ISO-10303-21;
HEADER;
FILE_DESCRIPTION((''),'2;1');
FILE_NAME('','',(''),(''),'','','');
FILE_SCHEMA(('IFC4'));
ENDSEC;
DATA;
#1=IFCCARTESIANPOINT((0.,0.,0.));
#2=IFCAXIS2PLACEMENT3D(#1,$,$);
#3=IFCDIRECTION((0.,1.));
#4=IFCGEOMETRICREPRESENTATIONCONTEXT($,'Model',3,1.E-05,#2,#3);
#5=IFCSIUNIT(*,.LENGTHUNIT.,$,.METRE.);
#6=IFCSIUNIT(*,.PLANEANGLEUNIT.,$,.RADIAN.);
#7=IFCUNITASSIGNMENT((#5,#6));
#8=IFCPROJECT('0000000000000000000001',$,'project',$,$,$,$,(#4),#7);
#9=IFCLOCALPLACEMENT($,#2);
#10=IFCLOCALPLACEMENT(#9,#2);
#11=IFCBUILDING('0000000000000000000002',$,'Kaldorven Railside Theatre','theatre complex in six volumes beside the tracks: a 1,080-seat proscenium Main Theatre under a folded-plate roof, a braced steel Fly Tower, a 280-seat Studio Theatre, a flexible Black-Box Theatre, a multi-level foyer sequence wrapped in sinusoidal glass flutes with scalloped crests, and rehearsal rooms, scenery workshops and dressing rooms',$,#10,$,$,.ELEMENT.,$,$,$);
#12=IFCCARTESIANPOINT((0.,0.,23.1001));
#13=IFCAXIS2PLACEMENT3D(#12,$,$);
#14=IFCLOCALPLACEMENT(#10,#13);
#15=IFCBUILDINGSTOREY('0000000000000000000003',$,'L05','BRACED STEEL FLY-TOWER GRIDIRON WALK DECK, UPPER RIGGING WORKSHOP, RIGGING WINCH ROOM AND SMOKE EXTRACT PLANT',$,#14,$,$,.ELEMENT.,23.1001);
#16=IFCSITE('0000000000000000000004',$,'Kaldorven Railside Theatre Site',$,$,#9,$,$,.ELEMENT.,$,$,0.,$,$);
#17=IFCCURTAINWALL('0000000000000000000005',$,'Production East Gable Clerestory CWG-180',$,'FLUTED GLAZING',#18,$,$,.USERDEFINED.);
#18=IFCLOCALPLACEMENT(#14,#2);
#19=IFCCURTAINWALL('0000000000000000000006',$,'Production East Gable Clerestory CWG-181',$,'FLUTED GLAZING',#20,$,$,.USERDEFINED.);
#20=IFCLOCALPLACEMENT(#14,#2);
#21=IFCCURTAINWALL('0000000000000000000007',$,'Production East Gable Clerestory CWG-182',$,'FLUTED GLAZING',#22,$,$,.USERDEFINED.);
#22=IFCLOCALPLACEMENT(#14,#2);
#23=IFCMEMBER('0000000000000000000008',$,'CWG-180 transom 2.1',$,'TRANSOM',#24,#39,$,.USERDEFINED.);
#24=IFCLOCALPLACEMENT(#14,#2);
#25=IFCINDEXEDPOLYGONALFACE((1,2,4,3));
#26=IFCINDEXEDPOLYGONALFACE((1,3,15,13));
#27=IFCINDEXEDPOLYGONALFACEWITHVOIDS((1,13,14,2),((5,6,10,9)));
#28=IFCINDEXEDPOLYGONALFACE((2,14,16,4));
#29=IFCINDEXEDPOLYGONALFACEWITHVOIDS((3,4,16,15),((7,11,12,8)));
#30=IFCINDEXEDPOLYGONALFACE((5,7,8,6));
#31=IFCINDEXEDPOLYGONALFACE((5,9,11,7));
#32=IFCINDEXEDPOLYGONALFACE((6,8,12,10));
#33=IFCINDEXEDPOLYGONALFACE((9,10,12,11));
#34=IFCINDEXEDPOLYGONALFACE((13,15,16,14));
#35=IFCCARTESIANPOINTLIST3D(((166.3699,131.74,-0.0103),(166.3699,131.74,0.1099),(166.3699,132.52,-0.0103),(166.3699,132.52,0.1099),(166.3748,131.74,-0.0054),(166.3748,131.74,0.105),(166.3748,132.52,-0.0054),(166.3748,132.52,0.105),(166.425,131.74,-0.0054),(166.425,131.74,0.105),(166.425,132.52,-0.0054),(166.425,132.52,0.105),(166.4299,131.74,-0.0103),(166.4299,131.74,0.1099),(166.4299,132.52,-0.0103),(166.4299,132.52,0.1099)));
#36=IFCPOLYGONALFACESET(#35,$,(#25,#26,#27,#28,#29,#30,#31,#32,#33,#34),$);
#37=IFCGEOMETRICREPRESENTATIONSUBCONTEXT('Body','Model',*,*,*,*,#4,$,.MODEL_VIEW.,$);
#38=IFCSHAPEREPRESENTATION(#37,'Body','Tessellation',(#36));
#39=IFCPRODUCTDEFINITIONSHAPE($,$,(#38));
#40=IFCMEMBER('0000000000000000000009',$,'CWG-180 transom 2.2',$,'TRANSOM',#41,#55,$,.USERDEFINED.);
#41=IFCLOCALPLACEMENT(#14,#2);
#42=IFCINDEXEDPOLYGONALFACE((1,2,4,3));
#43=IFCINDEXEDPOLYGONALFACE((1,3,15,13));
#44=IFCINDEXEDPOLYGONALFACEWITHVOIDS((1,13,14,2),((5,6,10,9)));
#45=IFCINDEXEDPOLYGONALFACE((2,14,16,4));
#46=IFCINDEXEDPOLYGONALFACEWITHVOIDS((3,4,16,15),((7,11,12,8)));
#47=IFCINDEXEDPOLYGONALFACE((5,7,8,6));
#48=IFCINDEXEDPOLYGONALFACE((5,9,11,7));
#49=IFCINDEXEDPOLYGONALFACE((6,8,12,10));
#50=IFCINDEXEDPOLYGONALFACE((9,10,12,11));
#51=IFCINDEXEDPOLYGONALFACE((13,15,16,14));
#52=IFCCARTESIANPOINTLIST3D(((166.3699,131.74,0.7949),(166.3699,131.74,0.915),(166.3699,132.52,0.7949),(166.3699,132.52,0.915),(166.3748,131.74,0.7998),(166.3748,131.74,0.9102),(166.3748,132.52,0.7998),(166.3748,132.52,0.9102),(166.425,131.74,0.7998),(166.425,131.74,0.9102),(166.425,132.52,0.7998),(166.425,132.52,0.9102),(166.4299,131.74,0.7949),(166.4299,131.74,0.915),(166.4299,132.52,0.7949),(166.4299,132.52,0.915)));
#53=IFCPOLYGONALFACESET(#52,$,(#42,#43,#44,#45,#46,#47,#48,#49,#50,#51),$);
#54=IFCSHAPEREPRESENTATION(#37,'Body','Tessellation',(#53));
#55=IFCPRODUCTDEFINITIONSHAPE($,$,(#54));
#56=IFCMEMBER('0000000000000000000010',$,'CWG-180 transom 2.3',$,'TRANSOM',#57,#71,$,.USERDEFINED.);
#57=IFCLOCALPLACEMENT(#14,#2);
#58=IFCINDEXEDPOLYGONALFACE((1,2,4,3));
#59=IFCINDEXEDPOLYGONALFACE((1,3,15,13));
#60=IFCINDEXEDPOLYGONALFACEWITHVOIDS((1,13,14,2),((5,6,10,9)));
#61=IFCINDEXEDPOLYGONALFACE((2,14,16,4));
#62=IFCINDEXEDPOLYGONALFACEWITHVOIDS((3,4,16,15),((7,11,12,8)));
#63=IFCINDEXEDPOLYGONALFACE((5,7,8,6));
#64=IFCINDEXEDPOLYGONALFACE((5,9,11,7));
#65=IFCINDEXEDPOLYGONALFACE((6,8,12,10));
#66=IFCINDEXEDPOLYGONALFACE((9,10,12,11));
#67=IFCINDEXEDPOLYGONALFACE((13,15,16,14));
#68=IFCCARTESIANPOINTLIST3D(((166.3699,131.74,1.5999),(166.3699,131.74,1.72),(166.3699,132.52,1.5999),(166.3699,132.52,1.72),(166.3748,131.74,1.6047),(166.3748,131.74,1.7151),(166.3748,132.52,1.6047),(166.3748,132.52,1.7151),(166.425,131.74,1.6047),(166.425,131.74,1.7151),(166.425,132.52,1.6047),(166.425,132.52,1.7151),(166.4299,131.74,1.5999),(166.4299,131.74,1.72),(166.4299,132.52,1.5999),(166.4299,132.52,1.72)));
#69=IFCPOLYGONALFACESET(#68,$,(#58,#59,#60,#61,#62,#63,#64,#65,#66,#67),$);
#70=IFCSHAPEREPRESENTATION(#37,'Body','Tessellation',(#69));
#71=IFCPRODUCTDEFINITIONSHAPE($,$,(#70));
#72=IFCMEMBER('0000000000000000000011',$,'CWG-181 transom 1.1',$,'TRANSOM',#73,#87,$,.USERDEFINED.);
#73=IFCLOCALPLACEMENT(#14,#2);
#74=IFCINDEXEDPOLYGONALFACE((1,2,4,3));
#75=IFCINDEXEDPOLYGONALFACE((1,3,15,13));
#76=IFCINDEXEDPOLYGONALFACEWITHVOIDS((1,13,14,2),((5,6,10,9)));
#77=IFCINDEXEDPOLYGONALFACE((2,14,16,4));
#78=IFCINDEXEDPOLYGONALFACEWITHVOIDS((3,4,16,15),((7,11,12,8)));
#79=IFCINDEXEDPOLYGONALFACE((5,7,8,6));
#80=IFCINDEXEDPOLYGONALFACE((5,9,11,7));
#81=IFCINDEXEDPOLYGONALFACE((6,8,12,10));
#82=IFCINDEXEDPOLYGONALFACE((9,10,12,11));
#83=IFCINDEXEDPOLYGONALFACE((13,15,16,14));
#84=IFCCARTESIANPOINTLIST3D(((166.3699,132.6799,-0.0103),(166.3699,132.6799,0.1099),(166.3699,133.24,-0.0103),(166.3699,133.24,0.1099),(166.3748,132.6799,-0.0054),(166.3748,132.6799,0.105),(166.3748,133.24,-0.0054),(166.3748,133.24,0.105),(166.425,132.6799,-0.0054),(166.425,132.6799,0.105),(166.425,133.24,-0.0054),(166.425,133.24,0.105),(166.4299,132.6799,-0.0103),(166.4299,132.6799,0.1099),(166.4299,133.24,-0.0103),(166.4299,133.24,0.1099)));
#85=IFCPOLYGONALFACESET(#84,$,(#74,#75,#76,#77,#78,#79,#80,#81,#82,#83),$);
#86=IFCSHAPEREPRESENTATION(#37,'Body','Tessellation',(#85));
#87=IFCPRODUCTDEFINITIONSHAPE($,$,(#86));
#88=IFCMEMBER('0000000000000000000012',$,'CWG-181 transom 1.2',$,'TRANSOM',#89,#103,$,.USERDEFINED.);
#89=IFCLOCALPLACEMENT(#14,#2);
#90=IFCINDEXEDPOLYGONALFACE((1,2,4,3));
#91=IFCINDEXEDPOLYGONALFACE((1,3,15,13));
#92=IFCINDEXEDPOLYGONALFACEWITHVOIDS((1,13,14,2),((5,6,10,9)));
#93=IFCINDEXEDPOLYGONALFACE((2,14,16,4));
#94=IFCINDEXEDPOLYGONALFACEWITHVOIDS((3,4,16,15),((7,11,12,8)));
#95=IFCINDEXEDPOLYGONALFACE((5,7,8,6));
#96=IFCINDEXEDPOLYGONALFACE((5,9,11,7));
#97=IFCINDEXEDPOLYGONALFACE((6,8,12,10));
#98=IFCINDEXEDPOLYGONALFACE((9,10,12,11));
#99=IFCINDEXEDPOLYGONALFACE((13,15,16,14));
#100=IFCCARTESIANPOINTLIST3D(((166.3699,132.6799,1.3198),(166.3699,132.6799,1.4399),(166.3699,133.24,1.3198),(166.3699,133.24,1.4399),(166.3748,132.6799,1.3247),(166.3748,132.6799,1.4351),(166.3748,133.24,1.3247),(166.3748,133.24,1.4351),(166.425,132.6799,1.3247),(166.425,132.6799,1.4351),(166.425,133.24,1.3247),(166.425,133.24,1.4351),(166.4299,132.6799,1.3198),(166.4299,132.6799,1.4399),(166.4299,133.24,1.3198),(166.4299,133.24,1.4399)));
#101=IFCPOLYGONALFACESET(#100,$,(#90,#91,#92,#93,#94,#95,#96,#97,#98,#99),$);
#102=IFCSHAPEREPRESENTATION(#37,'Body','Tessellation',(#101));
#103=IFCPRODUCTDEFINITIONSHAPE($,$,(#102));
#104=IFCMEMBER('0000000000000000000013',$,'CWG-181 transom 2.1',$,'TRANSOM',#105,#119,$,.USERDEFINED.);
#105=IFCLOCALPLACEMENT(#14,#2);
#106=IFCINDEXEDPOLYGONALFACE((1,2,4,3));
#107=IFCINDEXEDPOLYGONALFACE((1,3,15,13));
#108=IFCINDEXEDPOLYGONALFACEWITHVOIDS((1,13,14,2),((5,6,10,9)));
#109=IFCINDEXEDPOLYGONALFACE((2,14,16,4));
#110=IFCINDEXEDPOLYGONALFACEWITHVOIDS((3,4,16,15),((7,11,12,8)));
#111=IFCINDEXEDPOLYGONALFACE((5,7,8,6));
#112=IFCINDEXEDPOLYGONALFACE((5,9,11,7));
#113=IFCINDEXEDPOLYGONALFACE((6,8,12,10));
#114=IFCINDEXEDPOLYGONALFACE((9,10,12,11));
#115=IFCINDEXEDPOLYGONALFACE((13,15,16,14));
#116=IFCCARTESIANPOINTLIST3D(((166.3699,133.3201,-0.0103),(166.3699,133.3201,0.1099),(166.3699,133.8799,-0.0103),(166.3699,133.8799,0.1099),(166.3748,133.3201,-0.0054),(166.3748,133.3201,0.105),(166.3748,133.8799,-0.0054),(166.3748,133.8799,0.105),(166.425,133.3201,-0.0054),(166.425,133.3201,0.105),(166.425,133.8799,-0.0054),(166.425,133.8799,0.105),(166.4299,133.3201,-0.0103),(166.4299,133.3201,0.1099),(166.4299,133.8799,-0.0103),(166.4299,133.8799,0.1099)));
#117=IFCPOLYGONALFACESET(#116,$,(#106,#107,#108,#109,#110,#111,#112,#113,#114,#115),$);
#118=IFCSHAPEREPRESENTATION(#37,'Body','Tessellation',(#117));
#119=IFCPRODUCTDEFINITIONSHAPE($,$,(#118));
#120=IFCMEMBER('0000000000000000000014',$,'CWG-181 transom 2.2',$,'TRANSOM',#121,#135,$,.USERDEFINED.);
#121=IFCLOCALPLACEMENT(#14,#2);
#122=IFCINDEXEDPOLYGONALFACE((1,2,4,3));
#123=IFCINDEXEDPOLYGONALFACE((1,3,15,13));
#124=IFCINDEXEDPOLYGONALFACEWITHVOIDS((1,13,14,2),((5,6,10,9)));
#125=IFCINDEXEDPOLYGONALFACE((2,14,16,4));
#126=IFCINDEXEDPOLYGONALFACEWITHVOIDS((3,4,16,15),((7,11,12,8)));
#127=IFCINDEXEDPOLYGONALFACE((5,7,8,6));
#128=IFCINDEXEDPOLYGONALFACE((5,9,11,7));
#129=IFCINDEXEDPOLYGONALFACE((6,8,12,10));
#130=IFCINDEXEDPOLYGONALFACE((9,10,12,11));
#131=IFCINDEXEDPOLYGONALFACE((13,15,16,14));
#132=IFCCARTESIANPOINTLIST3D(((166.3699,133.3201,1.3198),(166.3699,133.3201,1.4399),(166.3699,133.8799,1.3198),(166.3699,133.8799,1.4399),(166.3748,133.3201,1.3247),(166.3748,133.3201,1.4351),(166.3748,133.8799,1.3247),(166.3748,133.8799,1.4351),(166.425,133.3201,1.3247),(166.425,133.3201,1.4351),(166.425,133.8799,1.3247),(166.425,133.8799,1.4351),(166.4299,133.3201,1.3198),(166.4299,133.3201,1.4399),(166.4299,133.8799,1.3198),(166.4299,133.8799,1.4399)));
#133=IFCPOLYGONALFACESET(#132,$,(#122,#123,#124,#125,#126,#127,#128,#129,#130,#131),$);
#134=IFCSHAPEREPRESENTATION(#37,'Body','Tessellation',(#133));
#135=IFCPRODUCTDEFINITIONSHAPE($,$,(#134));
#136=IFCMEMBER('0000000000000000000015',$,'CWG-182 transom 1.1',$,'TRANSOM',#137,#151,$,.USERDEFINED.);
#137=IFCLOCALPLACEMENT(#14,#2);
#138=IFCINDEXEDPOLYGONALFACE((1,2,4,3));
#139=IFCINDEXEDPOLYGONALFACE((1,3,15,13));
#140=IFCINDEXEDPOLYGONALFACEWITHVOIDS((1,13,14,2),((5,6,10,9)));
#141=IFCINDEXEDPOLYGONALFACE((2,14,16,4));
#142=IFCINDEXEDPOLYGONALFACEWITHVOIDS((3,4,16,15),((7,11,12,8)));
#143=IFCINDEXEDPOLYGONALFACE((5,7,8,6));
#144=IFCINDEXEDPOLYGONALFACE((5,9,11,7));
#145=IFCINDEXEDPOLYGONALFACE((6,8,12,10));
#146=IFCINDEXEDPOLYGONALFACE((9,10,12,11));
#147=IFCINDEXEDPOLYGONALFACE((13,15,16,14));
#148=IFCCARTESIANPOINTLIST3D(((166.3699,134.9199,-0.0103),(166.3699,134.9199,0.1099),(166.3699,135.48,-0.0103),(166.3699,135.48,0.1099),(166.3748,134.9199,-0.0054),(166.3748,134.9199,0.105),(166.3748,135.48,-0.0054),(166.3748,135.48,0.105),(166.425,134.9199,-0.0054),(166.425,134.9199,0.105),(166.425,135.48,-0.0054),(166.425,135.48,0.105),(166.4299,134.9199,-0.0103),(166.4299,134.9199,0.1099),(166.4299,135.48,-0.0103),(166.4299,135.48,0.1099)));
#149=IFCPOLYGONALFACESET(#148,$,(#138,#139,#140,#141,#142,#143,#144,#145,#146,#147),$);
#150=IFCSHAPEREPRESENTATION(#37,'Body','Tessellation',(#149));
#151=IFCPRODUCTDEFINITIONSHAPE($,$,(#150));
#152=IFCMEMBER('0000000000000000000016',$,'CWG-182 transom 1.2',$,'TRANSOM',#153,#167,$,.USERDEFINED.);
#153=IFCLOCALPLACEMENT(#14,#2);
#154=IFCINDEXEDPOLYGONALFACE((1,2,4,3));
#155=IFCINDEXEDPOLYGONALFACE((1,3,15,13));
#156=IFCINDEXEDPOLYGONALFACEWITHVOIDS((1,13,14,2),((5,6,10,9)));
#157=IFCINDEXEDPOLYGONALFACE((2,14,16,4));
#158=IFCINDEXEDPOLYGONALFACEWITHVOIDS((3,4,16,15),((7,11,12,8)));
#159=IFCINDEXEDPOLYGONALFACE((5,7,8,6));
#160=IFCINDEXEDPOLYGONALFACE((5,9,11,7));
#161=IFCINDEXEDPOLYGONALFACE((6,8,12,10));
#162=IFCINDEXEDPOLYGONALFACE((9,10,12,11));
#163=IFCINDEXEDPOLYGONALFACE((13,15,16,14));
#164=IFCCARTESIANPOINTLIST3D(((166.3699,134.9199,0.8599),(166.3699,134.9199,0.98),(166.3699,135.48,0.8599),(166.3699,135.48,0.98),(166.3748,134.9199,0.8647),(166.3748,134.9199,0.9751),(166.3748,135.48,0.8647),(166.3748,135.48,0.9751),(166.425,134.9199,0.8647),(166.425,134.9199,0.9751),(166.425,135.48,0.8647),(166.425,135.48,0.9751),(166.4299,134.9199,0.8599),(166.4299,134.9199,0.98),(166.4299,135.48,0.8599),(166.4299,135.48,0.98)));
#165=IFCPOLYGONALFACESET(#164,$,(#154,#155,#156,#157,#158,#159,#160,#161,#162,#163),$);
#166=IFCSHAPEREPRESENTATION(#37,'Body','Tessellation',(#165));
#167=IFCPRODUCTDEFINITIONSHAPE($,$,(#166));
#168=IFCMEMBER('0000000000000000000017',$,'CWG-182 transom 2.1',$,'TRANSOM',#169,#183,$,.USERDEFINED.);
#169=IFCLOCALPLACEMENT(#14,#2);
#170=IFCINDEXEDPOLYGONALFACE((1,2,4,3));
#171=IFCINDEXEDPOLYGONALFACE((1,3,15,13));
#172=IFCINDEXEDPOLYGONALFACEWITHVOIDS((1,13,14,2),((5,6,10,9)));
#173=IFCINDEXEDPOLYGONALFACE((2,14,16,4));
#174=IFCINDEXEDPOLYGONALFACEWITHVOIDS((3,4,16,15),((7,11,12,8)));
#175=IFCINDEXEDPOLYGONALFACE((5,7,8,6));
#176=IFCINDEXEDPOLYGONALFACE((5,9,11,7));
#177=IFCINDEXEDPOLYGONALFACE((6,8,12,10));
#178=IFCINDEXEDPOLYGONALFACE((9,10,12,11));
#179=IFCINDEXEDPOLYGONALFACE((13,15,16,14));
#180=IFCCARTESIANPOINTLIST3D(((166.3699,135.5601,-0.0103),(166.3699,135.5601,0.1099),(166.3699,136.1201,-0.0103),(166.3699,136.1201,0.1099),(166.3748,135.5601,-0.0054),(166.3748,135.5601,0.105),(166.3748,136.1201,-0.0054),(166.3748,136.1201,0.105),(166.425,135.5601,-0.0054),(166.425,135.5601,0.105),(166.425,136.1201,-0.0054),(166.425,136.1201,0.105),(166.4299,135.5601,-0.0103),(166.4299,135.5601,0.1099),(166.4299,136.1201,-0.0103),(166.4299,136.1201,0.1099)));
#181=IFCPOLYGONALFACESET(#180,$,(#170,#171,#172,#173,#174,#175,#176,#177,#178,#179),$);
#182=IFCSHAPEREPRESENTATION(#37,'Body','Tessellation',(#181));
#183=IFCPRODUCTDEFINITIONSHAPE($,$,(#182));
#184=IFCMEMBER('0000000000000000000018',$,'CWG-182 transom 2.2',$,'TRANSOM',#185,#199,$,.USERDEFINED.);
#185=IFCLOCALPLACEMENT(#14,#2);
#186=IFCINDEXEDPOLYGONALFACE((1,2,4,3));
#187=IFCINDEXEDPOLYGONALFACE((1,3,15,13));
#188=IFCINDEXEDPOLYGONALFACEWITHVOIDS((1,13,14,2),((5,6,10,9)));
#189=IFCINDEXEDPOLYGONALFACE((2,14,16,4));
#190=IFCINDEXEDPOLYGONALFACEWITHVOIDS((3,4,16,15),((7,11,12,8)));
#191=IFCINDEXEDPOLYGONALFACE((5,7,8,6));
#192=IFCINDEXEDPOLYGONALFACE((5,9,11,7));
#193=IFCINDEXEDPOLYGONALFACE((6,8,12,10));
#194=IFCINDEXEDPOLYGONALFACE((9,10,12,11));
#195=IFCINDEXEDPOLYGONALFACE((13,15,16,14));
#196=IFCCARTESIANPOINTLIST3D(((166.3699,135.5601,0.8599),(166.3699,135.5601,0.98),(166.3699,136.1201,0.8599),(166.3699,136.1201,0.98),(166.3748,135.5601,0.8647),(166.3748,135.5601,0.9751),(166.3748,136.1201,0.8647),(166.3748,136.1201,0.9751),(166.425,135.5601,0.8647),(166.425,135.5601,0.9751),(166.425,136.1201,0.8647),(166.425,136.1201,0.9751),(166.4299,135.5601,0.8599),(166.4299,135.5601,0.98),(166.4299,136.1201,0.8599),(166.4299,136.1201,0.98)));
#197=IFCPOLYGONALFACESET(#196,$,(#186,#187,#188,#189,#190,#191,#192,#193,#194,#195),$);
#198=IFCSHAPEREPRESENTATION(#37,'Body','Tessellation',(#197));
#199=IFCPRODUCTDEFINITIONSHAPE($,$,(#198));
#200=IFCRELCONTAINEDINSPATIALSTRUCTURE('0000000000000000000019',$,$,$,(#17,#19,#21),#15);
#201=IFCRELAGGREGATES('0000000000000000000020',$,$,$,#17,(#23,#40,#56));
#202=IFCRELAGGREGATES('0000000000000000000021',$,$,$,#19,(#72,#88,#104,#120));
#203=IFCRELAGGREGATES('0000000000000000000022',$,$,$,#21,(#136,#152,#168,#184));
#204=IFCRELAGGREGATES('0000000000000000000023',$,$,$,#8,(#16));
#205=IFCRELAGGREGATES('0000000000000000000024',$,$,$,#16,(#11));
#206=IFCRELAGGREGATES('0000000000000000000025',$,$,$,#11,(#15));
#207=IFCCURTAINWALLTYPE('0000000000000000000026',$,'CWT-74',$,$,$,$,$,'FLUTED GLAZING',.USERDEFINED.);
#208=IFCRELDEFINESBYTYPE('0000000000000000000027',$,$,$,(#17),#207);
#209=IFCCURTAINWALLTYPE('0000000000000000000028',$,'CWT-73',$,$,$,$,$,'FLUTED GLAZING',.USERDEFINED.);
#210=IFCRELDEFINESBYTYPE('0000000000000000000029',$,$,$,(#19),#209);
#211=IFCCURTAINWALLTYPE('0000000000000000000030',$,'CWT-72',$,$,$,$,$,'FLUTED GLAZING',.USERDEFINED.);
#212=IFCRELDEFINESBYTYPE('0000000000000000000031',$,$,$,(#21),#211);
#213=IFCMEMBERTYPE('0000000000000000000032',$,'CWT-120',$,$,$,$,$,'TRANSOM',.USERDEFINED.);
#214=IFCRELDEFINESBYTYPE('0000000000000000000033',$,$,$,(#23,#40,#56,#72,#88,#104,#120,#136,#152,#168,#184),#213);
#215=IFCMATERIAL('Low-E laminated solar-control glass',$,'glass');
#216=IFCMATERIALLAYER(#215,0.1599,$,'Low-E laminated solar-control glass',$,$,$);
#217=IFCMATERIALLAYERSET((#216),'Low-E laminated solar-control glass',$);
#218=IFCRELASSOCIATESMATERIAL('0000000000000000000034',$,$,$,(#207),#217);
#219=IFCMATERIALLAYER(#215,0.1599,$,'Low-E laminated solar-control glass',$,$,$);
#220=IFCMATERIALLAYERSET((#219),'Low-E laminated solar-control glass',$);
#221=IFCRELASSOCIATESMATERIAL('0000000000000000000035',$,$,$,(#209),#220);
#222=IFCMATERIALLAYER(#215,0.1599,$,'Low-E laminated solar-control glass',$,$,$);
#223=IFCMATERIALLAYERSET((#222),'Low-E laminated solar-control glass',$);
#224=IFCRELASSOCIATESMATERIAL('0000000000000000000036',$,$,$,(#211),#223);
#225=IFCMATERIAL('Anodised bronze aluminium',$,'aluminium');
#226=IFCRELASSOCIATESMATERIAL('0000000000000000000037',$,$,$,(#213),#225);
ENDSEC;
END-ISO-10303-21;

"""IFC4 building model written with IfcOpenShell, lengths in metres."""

from ifc_helpers import new_model, si_unit, direction, frame, origin, origin_2d, place, context, subcontext, project, spatial, hollow_rectangle, extrude, material, layer, layer_set, material_profile, profile_set, type_object, element, aggregate, save


model = new_model("IFC4")

# Units and contexts
model_context = context("Model", 3, precision=1e-05, world=origin(), true_north=direction((0.0, 1.0)))
body_context = subcontext(model_context, "Body", "Model", "MODEL_VIEW")
ifc_project = project(units=[si_unit("LENGTHUNIT", "METRE"), si_unit("PLANEANGLEUNIT", "RADIAN")], contexts=[model_context])

# Site, building, storey
site_placement = place(None, origin())
site = spatial("IfcSite", under=ifc_project, at=site_placement, Name="Kaldorven Railside Theatre Site", CompositionType="ELEMENT", RefElevation=0.0)
building_placement = place(site_placement, origin())
building = spatial("IfcBuilding", under=site, at=building_placement, Name="Kaldorven Railside Theatre", Description="theatre complex in six volumes beside the tracks: a 1,080-seat proscenium Main Theatre under a folded-plate roof, a braced steel Fly Tower, a 280-seat Studio Theatre, a flexible Black-Box Theatre, a multi-level foyer sequence wrapped in sinusoidal glass flutes with scalloped crests, and rehearsal rooms, scenery workshops and dressing rooms", CompositionType="ELEMENT")
storey_placement = place(building_placement, frame((0.0, 0.0, 23.1001)))
storey = spatial("IfcBuildingStorey", under=building, at=storey_placement, Name="L05", Description="BRACED STEEL FLY-TOWER GRIDIRON WALK DECK, UPPER RIGGING WORKSHOP, RIGGING WINCH ROOM AND SMOKE EXTRACT PLANT", CompositionType="ELEMENT", Elevation=23.1001)

# Curtain walls
ifc_material_1 = material(Name="Low-E laminated solar-control glass", Category="glass")
ifc_layer_1 = layer(ifc_material_1, 0.1599, Name="Low-E laminated solar-control glass")
ifc_layer_set_1 = layer_set([ifc_layer_1], Name="Low-E laminated solar-control glass")
curtain_wall_type_1 = type_object("IfcCurtainWallType", Name="CWT-74", ElementType="FLUTED GLAZING", PredefinedType="USERDEFINED", material=ifc_layer_set_1)
curtain_wall_1_placement = place(storey_placement, origin())
curtain_wall_1 = element("IfcCurtainWall", 1, at=curtain_wall_1_placement, inside=storey, type_object=curtain_wall_type_1, Name="Production East Gable Clerestory CWG-180", ObjectType="FLUTED GLAZING", PredefinedType="USERDEFINED")
ifc_material_2 = material(Name="Anodised bronze aluminium", Category="aluminium")
ifc_layer_2 = layer(ifc_material_1, 0.1599, Name="Low-E laminated solar-control glass")
ifc_layer_set_2 = layer_set([ifc_layer_2], Name="Low-E laminated solar-control glass")
curtain_wall_type_2 = type_object("IfcCurtainWallType", Name="CWT-73", ElementType="FLUTED GLAZING", PredefinedType="USERDEFINED", material=ifc_layer_set_2)
curtain_wall_2_placement = place(storey_placement, origin())
curtain_wall_2 = element("IfcCurtainWall", 2, at=curtain_wall_2_placement, inside=storey, type_object=curtain_wall_type_2, Name="Production East Gable Clerestory CWG-181", ObjectType="FLUTED GLAZING", PredefinedType="USERDEFINED")
ifc_layer_3 = layer(ifc_material_1, 0.1599, Name="Low-E laminated solar-control glass")
ifc_layer_set_3 = layer_set([ifc_layer_3], Name="Low-E laminated solar-control glass")
curtain_wall_type_3 = type_object("IfcCurtainWallType", Name="CWT-72", ElementType="FLUTED GLAZING", PredefinedType="USERDEFINED", material=ifc_layer_set_3)
curtain_wall_3_placement = place(storey_placement, origin())
curtain_wall_3 = element("IfcCurtainWall", 3, at=curtain_wall_3_placement, inside=storey, type_object=curtain_wall_type_3, Name="Production East Gable Clerestory CWG-182", ObjectType="FLUTED GLAZING", PredefinedType="USERDEFINED")

# Members
ifc_material_profile_1 = material_profile(ifc_material_2, hollow_rectangle(XDim=0.0601, YDim=0.1201, WallThickness=0.0049, at=origin_2d()), Name="RHS 120x60x5")
ifc_profile_set_1 = profile_set([ifc_material_profile_1], Name="Anodised bronze aluminium")
member_type_1 = type_object("IfcMemberType", Name="CWT-120", ElementType="TRANSOM", PredefinedType="USERDEFINED", material=ifc_profile_set_1)
member_1_placement = place(storey_placement, frame((166.3999, 131.74, 0.0498), z_axis=(0.0, 1.0, 0.0), x_axis=(-1.0, 0.0, 0.0)))
member_1 = element("IfcMember", 4, at=member_1_placement, type_object=member_type_1, Name="CWG-180 transom 2.1", ObjectType="TRANSOM", PredefinedType="USERDEFINED", context=body_context, shape_type="SweptSolid", body=[
    extrude(hollow_rectangle(XDim=0.0601, YDim=0.1201, WallThickness=0.0049, at=origin_2d()), origin(), (0.0, 0.0, 1.0), 0.78),
])
member_2_placement = place(storey_placement, frame((166.3999, 131.74, 0.855), z_axis=(0.0, 1.0, 0.0), x_axis=(-1.0, 0.0, 0.0)))
member_2 = element("IfcMember", 5, at=member_2_placement, type_object=member_type_1, Name="CWG-180 transom 2.2", ObjectType="TRANSOM", PredefinedType="USERDEFINED", context=body_context, shape_type="SweptSolid", body=[
    extrude(hollow_rectangle(XDim=0.0601, YDim=0.1201, WallThickness=0.0049, at=origin_2d()), origin(), (0.0, 0.0, 1.0), 0.78),
])
member_3_placement = place(storey_placement, frame((166.3999, 131.74, 1.6599), z_axis=(0.0, 1.0, 0.0), x_axis=(-1.0, 0.0, 0.0)))
member_3 = element("IfcMember", 6, at=member_3_placement, type_object=member_type_1, Name="CWG-180 transom 2.3", ObjectType="TRANSOM", PredefinedType="USERDEFINED", context=body_context, shape_type="SweptSolid", body=[
    extrude(hollow_rectangle(XDim=0.0601, YDim=0.1201, WallThickness=0.0049, at=origin_2d()), origin(), (0.0, 0.0, 1.0), 0.78),
])
member_4_placement = place(storey_placement, frame((166.3999, 132.6799, 0.0498), z_axis=(0.0, 1.0, 0.0), x_axis=(-1.0, 0.0, 0.0)))
member_4 = element("IfcMember", 7, at=member_4_placement, type_object=member_type_1, Name="CWG-181 transom 1.1", ObjectType="TRANSOM", PredefinedType="USERDEFINED", context=body_context, shape_type="SweptSolid", body=[
    extrude(hollow_rectangle(XDim=0.0601, YDim=0.1201, WallThickness=0.0049, at=origin_2d()), origin(), (0.0, 0.0, 1.0), 0.5601),
])
member_5_placement = place(storey_placement, frame((166.3999, 132.6799, 1.3799), z_axis=(0.0, 1.0, 0.0), x_axis=(-1.0, 0.0, 0.0)))
member_5 = element("IfcMember", 8, at=member_5_placement, type_object=member_type_1, Name="CWG-181 transom 1.2", ObjectType="TRANSOM", PredefinedType="USERDEFINED", context=body_context, shape_type="SweptSolid", body=[
    extrude(hollow_rectangle(XDim=0.0601, YDim=0.1201, WallThickness=0.0049, at=origin_2d()), origin(), (0.0, 0.0, 1.0), 0.5601),
])
member_6_placement = place(storey_placement, frame((166.3999, 133.3201, 0.0498), z_axis=(0.0, 1.0, 0.0), x_axis=(-1.0, 0.0, 0.0)))
member_6 = element("IfcMember", 9, at=member_6_placement, type_object=member_type_1, Name="CWG-181 transom 2.1", ObjectType="TRANSOM", PredefinedType="USERDEFINED", context=body_context, shape_type="SweptSolid", body=[
    extrude(hollow_rectangle(XDim=0.0601, YDim=0.1201, WallThickness=0.0049, at=origin_2d()), origin(), (0.0, 0.0, 1.0), 0.5598),
])
member_7_placement = place(storey_placement, frame((166.3999, 133.3201, 1.3799), z_axis=(0.0, 1.0, 0.0), x_axis=(-1.0, 0.0, 0.0)))
member_7 = element("IfcMember", 10, at=member_7_placement, type_object=member_type_1, Name="CWG-181 transom 2.2", ObjectType="TRANSOM", PredefinedType="USERDEFINED", context=body_context, shape_type="SweptSolid", body=[
    extrude(hollow_rectangle(XDim=0.0601, YDim=0.1201, WallThickness=0.0049, at=origin_2d()), origin(), (0.0, 0.0, 1.0), 0.5598),
])
member_8_placement = place(storey_placement, frame((166.3999, 134.9199, 0.0498), z_axis=(0.0, 1.0, 0.0), x_axis=(-1.0, 0.0, 0.0)))
member_8 = element("IfcMember", 11, at=member_8_placement, type_object=member_type_1, Name="CWG-182 transom 1.1", ObjectType="TRANSOM", PredefinedType="USERDEFINED", context=body_context, shape_type="SweptSolid", body=[
    extrude(hollow_rectangle(XDim=0.0601, YDim=0.1201, WallThickness=0.0049, at=origin_2d()), origin(), (0.0, 0.0, 1.0), 0.5601),
])
member_9_placement = place(storey_placement, frame((166.3999, 134.9199, 0.9199), z_axis=(0.0, 1.0, 0.0), x_axis=(-1.0, 0.0, 0.0)))
member_9 = element("IfcMember", 12, at=member_9_placement, type_object=member_type_1, Name="CWG-182 transom 1.2", ObjectType="TRANSOM", PredefinedType="USERDEFINED", context=body_context, shape_type="SweptSolid", body=[
    extrude(hollow_rectangle(XDim=0.0601, YDim=0.1201, WallThickness=0.0049, at=origin_2d()), origin(), (0.0, 0.0, 1.0), 0.5601),
])
member_10_placement = place(storey_placement, frame((166.3999, 135.5601, 0.0498), z_axis=(0.0, 1.0, 0.0), x_axis=(-1.0, 0.0, 0.0)))
member_10 = element("IfcMember", 13, at=member_10_placement, type_object=member_type_1, Name="CWG-182 transom 2.1", ObjectType="TRANSOM", PredefinedType="USERDEFINED", context=body_context, shape_type="SweptSolid", body=[
    extrude(hollow_rectangle(XDim=0.0601, YDim=0.1201, WallThickness=0.0049, at=origin_2d()), origin(), (0.0, 0.0, 1.0), 0.5601),
])
member_11_placement = place(storey_placement, frame((166.3999, 135.5601, 0.9199), z_axis=(0.0, 1.0, 0.0), x_axis=(-1.0, 0.0, 0.0)))
member_11 = element("IfcMember", 14, at=member_11_placement, type_object=member_type_1, Name="CWG-182 transom 2.2", ObjectType="TRANSOM", PredefinedType="USERDEFINED", context=body_context, shape_type="SweptSolid", body=[
    extrude(hollow_rectangle(XDim=0.0601, YDim=0.1201, WallThickness=0.0049, at=origin_2d()), origin(), (0.0, 0.0, 1.0), 0.5601),
])

aggregate(curtain_wall_1, [member_1, member_2, member_3])
aggregate(curtain_wall_2, [member_4, member_5, member_6, member_7])
aggregate(curtain_wall_3, [member_8, member_9, member_10, member_11])

save(model, "model.ifc")
